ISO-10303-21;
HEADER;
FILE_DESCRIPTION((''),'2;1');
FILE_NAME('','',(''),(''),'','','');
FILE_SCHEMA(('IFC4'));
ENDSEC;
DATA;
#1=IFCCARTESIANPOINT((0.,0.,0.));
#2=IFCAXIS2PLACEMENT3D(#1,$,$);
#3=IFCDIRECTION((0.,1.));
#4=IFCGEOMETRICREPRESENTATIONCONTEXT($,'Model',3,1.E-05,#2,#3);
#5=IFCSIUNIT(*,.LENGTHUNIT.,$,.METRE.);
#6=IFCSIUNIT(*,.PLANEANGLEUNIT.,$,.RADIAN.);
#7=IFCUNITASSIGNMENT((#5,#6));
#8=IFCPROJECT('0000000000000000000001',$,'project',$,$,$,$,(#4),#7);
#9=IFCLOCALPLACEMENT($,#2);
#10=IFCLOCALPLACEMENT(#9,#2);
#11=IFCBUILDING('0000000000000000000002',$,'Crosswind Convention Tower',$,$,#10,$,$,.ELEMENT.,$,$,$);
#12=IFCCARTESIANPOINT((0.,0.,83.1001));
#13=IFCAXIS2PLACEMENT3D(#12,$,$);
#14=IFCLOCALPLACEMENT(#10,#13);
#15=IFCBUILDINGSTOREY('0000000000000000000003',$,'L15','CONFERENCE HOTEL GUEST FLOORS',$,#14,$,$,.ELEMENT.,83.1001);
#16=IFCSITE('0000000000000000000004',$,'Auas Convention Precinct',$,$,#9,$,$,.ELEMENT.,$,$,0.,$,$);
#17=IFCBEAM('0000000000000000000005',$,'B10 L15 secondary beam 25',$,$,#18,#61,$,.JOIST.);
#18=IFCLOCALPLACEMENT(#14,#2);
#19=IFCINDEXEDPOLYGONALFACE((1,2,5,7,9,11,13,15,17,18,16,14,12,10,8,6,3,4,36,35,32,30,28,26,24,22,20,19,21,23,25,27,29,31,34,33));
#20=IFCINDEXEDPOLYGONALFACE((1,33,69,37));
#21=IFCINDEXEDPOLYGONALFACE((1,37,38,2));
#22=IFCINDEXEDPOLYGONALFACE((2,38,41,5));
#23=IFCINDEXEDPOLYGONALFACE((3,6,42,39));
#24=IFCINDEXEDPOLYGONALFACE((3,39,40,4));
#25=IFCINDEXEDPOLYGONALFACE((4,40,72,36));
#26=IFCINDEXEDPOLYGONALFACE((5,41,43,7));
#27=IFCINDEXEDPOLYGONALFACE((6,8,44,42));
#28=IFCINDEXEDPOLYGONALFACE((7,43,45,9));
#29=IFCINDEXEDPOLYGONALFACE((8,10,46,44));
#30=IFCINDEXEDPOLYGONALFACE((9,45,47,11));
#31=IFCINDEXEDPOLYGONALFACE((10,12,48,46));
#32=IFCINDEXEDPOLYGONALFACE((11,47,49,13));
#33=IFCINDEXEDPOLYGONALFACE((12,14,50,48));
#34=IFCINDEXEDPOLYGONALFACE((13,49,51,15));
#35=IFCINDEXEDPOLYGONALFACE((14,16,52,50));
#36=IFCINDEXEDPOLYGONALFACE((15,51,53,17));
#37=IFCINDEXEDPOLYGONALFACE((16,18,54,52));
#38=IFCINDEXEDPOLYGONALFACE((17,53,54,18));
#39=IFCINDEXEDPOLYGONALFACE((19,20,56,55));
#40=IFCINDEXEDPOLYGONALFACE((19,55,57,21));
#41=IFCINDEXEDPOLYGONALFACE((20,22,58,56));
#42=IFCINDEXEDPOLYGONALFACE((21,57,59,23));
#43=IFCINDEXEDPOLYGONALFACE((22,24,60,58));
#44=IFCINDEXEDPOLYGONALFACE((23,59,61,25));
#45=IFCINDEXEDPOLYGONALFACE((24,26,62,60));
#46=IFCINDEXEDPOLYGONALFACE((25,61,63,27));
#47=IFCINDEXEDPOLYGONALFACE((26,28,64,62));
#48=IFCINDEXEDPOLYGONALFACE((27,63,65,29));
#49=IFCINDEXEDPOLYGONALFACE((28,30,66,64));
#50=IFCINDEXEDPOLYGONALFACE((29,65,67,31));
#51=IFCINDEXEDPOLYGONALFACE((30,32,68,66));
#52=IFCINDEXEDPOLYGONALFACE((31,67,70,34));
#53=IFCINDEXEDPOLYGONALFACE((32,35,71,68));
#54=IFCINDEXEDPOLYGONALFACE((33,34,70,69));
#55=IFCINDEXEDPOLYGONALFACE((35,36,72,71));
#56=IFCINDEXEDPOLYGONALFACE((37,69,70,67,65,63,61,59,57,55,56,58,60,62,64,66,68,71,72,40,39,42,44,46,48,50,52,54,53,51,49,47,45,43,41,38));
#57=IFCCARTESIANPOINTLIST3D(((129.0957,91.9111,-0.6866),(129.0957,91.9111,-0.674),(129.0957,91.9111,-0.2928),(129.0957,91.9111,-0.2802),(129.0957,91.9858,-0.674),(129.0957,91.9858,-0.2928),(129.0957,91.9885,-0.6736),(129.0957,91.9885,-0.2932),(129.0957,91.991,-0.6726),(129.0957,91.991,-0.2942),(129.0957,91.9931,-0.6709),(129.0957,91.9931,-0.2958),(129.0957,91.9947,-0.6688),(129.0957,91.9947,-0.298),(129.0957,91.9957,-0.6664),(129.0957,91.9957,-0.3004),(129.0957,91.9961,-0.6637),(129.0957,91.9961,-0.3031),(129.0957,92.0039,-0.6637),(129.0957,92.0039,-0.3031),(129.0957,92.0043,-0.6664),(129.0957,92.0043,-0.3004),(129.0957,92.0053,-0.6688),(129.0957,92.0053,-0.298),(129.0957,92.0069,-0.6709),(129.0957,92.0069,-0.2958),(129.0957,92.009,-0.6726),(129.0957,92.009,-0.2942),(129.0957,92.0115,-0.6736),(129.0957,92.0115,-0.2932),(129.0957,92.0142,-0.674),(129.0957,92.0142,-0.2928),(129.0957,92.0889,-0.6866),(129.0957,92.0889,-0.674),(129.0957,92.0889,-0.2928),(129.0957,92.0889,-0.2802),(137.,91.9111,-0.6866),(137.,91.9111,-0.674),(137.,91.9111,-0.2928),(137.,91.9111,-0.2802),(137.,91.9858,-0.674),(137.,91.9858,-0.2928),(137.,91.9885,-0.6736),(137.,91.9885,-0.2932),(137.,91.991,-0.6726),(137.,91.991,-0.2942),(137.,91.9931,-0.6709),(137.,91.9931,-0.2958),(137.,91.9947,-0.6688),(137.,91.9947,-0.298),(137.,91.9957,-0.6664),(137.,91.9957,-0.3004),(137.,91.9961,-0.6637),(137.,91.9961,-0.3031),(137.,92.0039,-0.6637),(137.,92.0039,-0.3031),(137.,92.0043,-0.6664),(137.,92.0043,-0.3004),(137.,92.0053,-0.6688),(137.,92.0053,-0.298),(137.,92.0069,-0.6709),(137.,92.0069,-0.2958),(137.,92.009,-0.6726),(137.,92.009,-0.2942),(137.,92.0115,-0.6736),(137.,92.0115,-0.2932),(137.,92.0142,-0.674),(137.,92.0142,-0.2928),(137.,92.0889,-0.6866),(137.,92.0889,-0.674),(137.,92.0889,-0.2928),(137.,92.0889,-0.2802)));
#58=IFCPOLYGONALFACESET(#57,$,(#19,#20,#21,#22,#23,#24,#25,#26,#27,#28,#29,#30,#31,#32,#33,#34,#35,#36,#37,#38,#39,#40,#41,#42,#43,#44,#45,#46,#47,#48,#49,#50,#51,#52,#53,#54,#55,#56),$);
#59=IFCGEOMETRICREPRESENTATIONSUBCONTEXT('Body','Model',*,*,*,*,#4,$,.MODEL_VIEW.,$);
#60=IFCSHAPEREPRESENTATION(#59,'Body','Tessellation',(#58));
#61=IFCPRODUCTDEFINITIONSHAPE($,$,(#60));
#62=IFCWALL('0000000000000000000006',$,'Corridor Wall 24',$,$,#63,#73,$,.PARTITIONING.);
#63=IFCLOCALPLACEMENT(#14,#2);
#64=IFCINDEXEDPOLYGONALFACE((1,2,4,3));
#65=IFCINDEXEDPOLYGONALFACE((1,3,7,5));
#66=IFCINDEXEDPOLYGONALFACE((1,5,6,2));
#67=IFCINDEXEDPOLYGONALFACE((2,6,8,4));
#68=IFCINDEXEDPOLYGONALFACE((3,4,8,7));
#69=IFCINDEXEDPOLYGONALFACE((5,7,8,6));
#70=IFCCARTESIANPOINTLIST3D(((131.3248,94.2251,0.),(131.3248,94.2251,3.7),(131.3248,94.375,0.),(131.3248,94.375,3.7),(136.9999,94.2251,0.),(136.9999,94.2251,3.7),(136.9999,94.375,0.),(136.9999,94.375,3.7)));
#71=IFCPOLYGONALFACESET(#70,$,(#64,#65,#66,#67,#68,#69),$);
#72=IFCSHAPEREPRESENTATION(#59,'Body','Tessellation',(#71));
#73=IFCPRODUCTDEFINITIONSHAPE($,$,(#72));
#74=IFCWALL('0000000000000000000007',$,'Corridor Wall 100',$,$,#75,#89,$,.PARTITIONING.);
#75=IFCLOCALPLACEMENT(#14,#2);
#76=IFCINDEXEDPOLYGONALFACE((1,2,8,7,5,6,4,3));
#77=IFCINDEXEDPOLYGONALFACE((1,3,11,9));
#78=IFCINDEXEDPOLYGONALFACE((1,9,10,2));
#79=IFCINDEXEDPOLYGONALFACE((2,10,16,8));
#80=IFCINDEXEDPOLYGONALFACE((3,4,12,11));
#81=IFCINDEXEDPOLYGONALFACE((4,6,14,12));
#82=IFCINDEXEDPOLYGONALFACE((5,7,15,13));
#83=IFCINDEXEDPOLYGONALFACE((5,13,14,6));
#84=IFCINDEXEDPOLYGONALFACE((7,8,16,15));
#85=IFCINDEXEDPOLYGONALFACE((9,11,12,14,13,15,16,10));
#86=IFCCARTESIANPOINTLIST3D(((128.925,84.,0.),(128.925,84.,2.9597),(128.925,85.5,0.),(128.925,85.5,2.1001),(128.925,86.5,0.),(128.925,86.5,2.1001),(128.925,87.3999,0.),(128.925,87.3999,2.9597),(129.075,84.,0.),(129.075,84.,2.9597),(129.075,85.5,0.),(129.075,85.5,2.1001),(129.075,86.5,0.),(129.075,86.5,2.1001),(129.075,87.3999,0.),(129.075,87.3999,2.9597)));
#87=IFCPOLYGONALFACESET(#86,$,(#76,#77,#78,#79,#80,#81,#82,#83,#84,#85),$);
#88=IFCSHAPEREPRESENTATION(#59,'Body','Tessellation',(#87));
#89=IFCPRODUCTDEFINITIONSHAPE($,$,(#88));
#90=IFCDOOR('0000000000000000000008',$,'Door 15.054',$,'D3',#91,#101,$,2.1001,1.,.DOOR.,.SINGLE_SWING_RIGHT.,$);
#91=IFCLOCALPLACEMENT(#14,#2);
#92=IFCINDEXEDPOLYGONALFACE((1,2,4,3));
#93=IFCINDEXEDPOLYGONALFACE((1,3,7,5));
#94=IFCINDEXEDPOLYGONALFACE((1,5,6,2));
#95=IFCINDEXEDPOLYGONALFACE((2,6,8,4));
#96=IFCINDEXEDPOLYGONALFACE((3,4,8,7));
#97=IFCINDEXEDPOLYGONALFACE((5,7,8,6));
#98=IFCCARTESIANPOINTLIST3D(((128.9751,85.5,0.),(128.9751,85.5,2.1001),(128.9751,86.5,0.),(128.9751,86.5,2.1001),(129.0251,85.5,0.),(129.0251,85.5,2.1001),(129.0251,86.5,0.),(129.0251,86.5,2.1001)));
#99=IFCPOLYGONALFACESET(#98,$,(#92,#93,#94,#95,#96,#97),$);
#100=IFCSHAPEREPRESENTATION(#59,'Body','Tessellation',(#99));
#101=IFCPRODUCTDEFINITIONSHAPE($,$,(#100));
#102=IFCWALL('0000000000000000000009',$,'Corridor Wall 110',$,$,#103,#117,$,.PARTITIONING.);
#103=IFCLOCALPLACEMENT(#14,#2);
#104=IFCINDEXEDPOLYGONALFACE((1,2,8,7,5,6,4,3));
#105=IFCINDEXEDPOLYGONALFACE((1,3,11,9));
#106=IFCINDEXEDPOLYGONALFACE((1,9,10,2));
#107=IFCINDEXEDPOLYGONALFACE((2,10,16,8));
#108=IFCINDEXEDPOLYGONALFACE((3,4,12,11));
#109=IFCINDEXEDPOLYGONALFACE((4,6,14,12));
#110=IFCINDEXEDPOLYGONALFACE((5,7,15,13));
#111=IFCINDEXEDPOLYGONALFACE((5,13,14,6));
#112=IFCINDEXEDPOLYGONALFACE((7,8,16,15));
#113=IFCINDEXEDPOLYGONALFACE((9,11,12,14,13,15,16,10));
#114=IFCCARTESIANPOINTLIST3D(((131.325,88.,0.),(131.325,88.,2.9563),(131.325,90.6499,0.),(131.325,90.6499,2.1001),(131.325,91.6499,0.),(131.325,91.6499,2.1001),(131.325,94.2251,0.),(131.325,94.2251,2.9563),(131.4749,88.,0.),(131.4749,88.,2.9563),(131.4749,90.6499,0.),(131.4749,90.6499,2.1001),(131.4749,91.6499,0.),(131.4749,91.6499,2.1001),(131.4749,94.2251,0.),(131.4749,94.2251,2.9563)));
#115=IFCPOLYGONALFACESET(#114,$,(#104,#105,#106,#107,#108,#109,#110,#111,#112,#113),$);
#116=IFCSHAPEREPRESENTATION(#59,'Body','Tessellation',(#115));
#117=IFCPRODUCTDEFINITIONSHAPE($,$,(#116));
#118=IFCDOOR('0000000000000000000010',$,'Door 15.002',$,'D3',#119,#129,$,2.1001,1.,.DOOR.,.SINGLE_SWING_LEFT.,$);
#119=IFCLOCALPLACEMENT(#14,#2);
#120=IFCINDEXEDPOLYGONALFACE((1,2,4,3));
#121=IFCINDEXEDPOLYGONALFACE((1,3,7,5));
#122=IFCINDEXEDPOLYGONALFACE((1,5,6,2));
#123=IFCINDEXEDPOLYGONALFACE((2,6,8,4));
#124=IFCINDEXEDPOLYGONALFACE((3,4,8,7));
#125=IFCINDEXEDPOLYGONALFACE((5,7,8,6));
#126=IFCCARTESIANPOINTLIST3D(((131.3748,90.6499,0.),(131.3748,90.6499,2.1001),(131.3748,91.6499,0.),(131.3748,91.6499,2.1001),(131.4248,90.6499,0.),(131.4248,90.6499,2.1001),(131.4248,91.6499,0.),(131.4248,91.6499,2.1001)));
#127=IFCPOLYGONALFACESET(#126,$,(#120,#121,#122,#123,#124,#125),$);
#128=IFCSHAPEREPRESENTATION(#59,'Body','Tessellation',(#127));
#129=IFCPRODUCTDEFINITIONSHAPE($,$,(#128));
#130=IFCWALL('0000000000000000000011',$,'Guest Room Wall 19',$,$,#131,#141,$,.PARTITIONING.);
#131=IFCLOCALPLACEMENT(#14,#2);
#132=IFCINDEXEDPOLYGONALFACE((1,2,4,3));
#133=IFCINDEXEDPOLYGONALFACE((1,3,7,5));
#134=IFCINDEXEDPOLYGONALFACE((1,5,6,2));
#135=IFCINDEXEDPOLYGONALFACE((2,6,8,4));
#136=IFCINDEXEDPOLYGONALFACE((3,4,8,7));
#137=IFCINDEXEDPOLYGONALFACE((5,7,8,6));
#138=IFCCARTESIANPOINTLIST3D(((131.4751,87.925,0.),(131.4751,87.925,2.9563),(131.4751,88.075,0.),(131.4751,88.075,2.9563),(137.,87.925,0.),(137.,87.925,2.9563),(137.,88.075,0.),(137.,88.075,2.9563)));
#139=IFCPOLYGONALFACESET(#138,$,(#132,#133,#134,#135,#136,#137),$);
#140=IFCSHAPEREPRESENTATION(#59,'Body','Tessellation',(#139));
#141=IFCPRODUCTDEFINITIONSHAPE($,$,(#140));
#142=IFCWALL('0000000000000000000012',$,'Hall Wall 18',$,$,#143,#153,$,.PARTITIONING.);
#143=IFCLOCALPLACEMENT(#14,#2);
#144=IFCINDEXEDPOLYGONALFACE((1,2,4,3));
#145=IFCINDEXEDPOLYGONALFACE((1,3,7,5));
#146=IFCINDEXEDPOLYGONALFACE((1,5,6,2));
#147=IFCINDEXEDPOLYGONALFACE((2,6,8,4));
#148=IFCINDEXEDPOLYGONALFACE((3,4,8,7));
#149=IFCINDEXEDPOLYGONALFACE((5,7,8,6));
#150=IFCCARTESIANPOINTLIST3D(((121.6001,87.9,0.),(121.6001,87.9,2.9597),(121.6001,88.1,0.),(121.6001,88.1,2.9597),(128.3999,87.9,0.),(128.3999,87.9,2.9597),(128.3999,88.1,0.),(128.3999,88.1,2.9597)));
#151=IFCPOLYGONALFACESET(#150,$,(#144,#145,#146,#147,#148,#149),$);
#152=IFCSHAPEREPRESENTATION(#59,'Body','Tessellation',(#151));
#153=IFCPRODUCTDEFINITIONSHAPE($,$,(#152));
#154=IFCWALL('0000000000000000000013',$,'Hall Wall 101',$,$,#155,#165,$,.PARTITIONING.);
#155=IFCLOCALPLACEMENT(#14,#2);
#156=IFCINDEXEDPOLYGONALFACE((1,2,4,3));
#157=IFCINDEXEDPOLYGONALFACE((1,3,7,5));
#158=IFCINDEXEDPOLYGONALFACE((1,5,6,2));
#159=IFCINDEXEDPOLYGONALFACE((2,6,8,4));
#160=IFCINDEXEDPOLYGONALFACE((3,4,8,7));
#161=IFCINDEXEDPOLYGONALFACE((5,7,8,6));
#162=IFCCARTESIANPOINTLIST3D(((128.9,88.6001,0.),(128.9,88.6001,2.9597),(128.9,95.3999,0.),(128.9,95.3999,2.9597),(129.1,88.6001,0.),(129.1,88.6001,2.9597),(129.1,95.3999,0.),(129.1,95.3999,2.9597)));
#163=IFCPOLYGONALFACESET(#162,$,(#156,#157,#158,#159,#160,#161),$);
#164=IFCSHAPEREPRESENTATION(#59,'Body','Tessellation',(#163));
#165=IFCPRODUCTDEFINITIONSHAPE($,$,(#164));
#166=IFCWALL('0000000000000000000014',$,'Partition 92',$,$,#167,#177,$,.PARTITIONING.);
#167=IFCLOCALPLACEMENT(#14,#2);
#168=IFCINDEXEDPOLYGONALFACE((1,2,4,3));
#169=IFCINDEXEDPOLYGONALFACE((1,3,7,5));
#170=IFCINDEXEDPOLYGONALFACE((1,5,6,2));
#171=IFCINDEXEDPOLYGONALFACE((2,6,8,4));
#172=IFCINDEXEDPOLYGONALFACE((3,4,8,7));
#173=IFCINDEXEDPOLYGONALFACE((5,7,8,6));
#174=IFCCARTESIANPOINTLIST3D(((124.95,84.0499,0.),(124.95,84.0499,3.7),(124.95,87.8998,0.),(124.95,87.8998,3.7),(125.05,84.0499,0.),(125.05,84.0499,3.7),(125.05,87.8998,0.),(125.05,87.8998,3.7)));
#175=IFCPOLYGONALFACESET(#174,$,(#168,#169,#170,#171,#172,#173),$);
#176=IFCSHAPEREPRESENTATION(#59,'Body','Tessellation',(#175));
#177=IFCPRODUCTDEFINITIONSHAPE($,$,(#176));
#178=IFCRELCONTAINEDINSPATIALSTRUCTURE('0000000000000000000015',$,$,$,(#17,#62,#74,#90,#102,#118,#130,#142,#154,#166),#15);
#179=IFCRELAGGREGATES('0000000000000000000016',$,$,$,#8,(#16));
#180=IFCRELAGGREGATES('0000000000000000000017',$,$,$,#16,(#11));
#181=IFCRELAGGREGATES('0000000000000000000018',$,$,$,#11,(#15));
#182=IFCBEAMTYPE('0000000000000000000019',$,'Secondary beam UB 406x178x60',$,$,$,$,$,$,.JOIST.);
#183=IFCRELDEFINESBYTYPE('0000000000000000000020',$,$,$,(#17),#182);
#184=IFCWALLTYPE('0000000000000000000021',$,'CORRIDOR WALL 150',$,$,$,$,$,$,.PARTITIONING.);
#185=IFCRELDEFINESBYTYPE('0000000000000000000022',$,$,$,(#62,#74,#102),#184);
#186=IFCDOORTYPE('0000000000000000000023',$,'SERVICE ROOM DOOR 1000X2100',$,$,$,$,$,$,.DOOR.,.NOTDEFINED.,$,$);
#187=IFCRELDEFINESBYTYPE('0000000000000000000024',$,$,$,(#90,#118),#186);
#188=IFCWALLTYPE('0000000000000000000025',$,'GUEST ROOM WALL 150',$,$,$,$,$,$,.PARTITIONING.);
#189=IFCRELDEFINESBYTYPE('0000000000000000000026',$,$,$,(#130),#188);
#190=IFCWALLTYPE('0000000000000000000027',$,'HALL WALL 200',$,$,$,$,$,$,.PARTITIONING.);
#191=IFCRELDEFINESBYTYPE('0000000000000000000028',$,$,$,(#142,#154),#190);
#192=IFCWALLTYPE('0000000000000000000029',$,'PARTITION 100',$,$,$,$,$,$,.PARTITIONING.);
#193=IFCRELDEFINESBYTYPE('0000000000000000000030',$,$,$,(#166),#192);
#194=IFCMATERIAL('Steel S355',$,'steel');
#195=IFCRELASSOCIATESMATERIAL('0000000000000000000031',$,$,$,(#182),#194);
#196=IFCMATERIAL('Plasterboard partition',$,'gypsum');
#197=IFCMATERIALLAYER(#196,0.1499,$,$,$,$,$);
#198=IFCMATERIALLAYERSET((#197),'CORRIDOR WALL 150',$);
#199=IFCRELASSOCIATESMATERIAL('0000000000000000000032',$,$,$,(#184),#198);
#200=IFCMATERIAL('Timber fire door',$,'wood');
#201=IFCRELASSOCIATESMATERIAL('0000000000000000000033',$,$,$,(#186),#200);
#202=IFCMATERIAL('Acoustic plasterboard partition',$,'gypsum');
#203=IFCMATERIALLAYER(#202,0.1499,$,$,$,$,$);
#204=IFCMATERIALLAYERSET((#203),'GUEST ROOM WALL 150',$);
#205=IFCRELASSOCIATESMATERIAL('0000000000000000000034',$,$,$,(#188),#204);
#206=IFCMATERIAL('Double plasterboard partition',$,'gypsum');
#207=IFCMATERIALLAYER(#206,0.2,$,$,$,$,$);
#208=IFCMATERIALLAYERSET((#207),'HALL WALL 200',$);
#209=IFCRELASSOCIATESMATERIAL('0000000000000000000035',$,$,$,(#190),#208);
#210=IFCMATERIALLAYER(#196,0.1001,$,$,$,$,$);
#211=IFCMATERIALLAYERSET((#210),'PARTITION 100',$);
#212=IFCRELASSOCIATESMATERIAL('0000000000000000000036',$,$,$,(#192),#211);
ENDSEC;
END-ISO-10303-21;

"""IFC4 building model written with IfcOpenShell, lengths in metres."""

from ifc_helpers import new_model, si_unit, direction, frame, frame_2d, origin, origin_2d, place, context, subcontext, project, spatial, rectangle, i_section, extrude, material, layer, layer_set, material_profile, profile_set, type_object, element, fill, save


model = new_model("IFC4")

# Units and contexts
model_context = context("Model", 3, precision=1e-05, world=origin(), true_north=direction((0.0, 1.0)))
body_context = subcontext(model_context, "Body", "Model", "MODEL_VIEW")
ifc_project = project(units=[si_unit("LENGTHUNIT", "METRE"), si_unit("PLANEANGLEUNIT", "RADIAN")], contexts=[model_context])

# Site, building, storey
site_placement = place(None, origin())
site = spatial("IfcSite", under=ifc_project, at=site_placement, Name="Auas Convention Precinct", CompositionType="ELEMENT", RefElevation=0.0)
building_placement = place(site_placement, origin())
building = spatial("IfcBuilding", under=site, at=building_placement, Name="Crosswind Convention Tower", CompositionType="ELEMENT")
storey_placement = place(building_placement, frame((0.0, 0.0, 83.1001)))
storey = spatial("IfcBuildingStorey", under=building, at=storey_placement, Name="L15", Description="CONFERENCE HOTEL GUEST FLOORS", CompositionType="ELEMENT", Elevation=83.1001)

# Beam
ifc_material_1 = material(Name="Steel S355", Category="steel")
ifc_material_profile_1 = material_profile(ifc_material_1, i_section(OverallWidth=0.1777, OverallDepth=0.4065, WebThickness=0.0078, FlangeThickness=0.0127, FilletRadius=0.0103, at=origin_2d()), Name="UB 406x178x60")
ifc_profile_set_1 = profile_set([ifc_material_profile_1], Name="Steel S355")
beam_type_1 = type_object("IfcBeamType", Name="Secondary beam UB 406x178x60", PredefinedType="JOIST", material=ifc_profile_set_1)
beam_1_placement = place(storey_placement, frame((129.0957, 92.0, -0.4834), z_axis=(1.0, 0.0, 0.0), x_axis=(0.0, 1.0, 0.0)))
element("IfcBeam", 1, at=beam_1_placement, inside=storey, type_object=beam_type_1, Name="B10 L15 secondary beam 25", PredefinedType="JOIST", context=body_context, shape_type="SweptSolid", body=[
    extrude(i_section(OverallWidth=0.1777, OverallDepth=0.4065, WebThickness=0.0078, FlangeThickness=0.0127, FilletRadius=0.0103, at=origin_2d()), origin(), (0.0, 0.0, 1.0), 7.9043),
])

# Wall
ifc_material_2 = material(Name="Plasterboard partition", Category="gypsum")
ifc_layer_1 = layer(ifc_material_2, 0.1499)
ifc_layer_set_1 = layer_set([ifc_layer_1], Name="CORRIDOR WALL 150")
wall_type_1 = type_object("IfcWallType", Name="CORRIDOR WALL 150", PredefinedType="PARTITIONING", material=ifc_layer_set_1)
wall_1_placement = place(storey_placement, frame((131.325, 94.3, 0.0), z_axis=(0.0, 0.0, 1.0), x_axis=(1.0, 0.0, 0.0)))
element("IfcWall", 2, at=wall_1_placement, inside=storey, type_object=wall_type_1, Name="Corridor Wall 24", PredefinedType="PARTITIONING", context=body_context, shape_type="SweptSolid", body=[
    extrude(rectangle(XDim=5.675, YDim=0.1499, at=frame_2d((2.8374, 0.0))), origin(), (0.0, 0.0, 1.0), 3.7),
])

# Walls, openings, doors
wall_2_placement = place(storey_placement, frame((129.0, 84.0, 0.0), z_axis=(0.0, 0.0, 1.0), x_axis=(0.0, 1.0, 0.0)))
wall_2 = element("IfcWall", 3, at=wall_2_placement, inside=storey, type_object=wall_type_1, Name="Corridor Wall 100", PredefinedType="PARTITIONING", context=body_context, shape_type="SweptSolid", body=[
    extrude(rectangle(XDim=3.3999, YDim=0.1499, at=frame_2d((1.7, 0.0))), origin(), (0.0, 0.0, 1.0), 2.9597),
])
opening_1_placement = place(wall_2_placement, frame((1.5, 0.0, 0.0)))
opening_1 = element("IfcOpeningElement", 4, at=opening_1_placement, cuts=wall_2, PredefinedType="OPENING", context=body_context, shape_type="SweptSolid", body=[
    extrude(rectangle(XDim=1.0, YDim=2.1001, at=frame_2d((0.5, 1.05))), frame((0.0, 0.085, 0.0), z_axis=(0.0, -1.0, 0.0), x_axis=(1.0, 0.0, 0.0)), (0.0, 0.0, 1.0), 0.1699),
])
ifc_material_3 = material(Name="Timber fire door", Category="wood")
door_type = type_object("IfcDoorType", Name="SERVICE ROOM DOOR 1000X2100", OperationType="NOTDEFINED", PredefinedType="DOOR", material=ifc_material_3)
door_1_placement = place(opening_1_placement, origin())
door_1 = element("IfcDoor", 5, at=door_1_placement, inside=storey, type_object=door_type, Name="Door 15.054", ObjectType="D3", OperationType="SINGLE_SWING_RIGHT", OverallHeight=2.1001, OverallWidth=1.0, PredefinedType="DOOR", context=body_context, shape_type="SweptSolid", body=[
    extrude(rectangle(XDim=1.0, YDim=2.1001, at=frame_2d((0.5, 1.05))), frame((0.0, 0.0249, 0.0), z_axis=(0.0, -1.0, 0.0), x_axis=(1.0, 0.0, 0.0)), (0.0, 0.0, 1.0), 0.05),
])
fill(opening_1, door_1)
wall_3_placement = place(storey_placement, frame((131.3999, 88.0, 0.0), z_axis=(0.0, 0.0, 1.0), x_axis=(0.0, 1.0, 0.0)))
wall_3 = element("IfcWall", 6, at=wall_3_placement, inside=storey, type_object=wall_type_1, Name="Corridor Wall 110", PredefinedType="PARTITIONING", context=body_context, shape_type="SweptSolid", body=[
    extrude(rectangle(XDim=6.2251, YDim=0.1499, at=frame_2d((3.1125, 0.0))), origin(), (0.0, 0.0, 1.0), 2.9563),
])
opening_2_placement = place(wall_3_placement, frame((2.6499, 0.0, 0.0)))
opening_2 = element("IfcOpeningElement", 7, at=opening_2_placement, cuts=wall_3, PredefinedType="OPENING", context=body_context, shape_type="SweptSolid", body=[
    extrude(rectangle(XDim=1.0, YDim=2.1001, at=frame_2d((0.5, 1.05))), frame((0.0, 0.085, 0.0), z_axis=(0.0, -1.0, 0.0), x_axis=(1.0, 0.0, 0.0)), (0.0, 0.0, 1.0), 0.1699),
])
door_2_placement = place(opening_2_placement, frame((1.0, 0.0, 0.0), z_axis=(0.0, 0.0, 1.0), x_axis=(-1.0, 0.0, 0.0)))
door_2 = element("IfcDoor", 8, at=door_2_placement, inside=storey, type_object=door_type, Name="Door 15.002", ObjectType="D3", OperationType="SINGLE_SWING_LEFT", OverallHeight=2.1001, OverallWidth=1.0, PredefinedType="DOOR", context=body_context, shape_type="SweptSolid", body=[
    extrude(rectangle(XDim=1.0, YDim=2.1001, at=frame_2d((0.5, 1.05))), frame((0.0, 0.0249, 0.0), z_axis=(0.0, -1.0, 0.0), x_axis=(1.0, 0.0, 0.0)), (0.0, 0.0, 1.0), 0.05),
])
fill(opening_2, door_2)

# Walls
ifc_material_4 = material(Name="Acoustic plasterboard partition", Category="gypsum")
ifc_layer_2 = layer(ifc_material_4, 0.1499)
ifc_layer_set_2 = layer_set([ifc_layer_2], Name="GUEST ROOM WALL 150")
wall_type_2 = type_object("IfcWallType", Name="GUEST ROOM WALL 150", PredefinedType="PARTITIONING", material=ifc_layer_set_2)
wall_4_placement = place(storey_placement, frame((131.4751, 88.0, 0.0), z_axis=(0.0, 0.0, 1.0), x_axis=(1.0, 0.0, 0.0)))
element("IfcWall", 9, at=wall_4_placement, inside=storey, type_object=wall_type_2, Name="Guest Room Wall 19", PredefinedType="PARTITIONING", context=body_context, shape_type="SweptSolid", body=[
    extrude(rectangle(XDim=5.5249, YDim=0.1499, at=frame_2d((2.7625, 0.0))), origin(), (0.0, 0.0, 1.0), 2.9563),
])
ifc_material_5 = material(Name="Double plasterboard partition", Category="gypsum")
ifc_layer_3 = layer(ifc_material_5, 0.2)
ifc_layer_set_3 = layer_set([ifc_layer_3], Name="HALL WALL 200")
wall_type_3 = type_object("IfcWallType", Name="HALL WALL 200", PredefinedType="PARTITIONING", material=ifc_layer_set_3)
for number, where, z_axis, x_axis, name in (
    (10, (121.6001, 88.0, 0.0), (0.0, 0.0, 1.0), (1.0, 0.0, 0.0), "Hall Wall 18"),
    (11, (129.0, 88.6001, 0.0), (0.0, 0.0, 1.0), (0.0, 1.0, 0.0), "Hall Wall 101"),
):
    element("IfcWall", number, at=place(storey_placement, frame(where, z_axis=z_axis, x_axis=x_axis)), inside=storey, type_object=wall_type_3, Name=name, PredefinedType="PARTITIONING", context=body_context, shape_type="SweptSolid", body=[
        extrude(rectangle(XDim=6.7998, YDim=0.2, at=frame_2d((3.3999, 0.0))), origin(), (0.0, 0.0, 1.0), 2.9597),
    ])
ifc_layer_4 = layer(ifc_material_2, 0.1001)
ifc_layer_set_4 = layer_set([ifc_layer_4], Name="PARTITION 100")
wall_type_4 = type_object("IfcWallType", Name="PARTITION 100", PredefinedType="PARTITIONING", material=ifc_layer_set_4)
wall_5_placement = place(storey_placement, frame((125.0, 84.05, 0.0), z_axis=(0.0, 0.0, 1.0), x_axis=(0.0, 1.0, 0.0)))
element("IfcWall", 12, at=wall_5_placement, inside=storey, type_object=wall_type_4, Name="Partition 92", PredefinedType="PARTITIONING", context=body_context, shape_type="SweptSolid", body=[
    extrude(rectangle(XDim=3.8499, YDim=0.1001, at=frame_2d((1.9248, 0.0))), origin(), (0.0, 0.0, 1.0), 3.7),
])

save(model, "model.ifc")
